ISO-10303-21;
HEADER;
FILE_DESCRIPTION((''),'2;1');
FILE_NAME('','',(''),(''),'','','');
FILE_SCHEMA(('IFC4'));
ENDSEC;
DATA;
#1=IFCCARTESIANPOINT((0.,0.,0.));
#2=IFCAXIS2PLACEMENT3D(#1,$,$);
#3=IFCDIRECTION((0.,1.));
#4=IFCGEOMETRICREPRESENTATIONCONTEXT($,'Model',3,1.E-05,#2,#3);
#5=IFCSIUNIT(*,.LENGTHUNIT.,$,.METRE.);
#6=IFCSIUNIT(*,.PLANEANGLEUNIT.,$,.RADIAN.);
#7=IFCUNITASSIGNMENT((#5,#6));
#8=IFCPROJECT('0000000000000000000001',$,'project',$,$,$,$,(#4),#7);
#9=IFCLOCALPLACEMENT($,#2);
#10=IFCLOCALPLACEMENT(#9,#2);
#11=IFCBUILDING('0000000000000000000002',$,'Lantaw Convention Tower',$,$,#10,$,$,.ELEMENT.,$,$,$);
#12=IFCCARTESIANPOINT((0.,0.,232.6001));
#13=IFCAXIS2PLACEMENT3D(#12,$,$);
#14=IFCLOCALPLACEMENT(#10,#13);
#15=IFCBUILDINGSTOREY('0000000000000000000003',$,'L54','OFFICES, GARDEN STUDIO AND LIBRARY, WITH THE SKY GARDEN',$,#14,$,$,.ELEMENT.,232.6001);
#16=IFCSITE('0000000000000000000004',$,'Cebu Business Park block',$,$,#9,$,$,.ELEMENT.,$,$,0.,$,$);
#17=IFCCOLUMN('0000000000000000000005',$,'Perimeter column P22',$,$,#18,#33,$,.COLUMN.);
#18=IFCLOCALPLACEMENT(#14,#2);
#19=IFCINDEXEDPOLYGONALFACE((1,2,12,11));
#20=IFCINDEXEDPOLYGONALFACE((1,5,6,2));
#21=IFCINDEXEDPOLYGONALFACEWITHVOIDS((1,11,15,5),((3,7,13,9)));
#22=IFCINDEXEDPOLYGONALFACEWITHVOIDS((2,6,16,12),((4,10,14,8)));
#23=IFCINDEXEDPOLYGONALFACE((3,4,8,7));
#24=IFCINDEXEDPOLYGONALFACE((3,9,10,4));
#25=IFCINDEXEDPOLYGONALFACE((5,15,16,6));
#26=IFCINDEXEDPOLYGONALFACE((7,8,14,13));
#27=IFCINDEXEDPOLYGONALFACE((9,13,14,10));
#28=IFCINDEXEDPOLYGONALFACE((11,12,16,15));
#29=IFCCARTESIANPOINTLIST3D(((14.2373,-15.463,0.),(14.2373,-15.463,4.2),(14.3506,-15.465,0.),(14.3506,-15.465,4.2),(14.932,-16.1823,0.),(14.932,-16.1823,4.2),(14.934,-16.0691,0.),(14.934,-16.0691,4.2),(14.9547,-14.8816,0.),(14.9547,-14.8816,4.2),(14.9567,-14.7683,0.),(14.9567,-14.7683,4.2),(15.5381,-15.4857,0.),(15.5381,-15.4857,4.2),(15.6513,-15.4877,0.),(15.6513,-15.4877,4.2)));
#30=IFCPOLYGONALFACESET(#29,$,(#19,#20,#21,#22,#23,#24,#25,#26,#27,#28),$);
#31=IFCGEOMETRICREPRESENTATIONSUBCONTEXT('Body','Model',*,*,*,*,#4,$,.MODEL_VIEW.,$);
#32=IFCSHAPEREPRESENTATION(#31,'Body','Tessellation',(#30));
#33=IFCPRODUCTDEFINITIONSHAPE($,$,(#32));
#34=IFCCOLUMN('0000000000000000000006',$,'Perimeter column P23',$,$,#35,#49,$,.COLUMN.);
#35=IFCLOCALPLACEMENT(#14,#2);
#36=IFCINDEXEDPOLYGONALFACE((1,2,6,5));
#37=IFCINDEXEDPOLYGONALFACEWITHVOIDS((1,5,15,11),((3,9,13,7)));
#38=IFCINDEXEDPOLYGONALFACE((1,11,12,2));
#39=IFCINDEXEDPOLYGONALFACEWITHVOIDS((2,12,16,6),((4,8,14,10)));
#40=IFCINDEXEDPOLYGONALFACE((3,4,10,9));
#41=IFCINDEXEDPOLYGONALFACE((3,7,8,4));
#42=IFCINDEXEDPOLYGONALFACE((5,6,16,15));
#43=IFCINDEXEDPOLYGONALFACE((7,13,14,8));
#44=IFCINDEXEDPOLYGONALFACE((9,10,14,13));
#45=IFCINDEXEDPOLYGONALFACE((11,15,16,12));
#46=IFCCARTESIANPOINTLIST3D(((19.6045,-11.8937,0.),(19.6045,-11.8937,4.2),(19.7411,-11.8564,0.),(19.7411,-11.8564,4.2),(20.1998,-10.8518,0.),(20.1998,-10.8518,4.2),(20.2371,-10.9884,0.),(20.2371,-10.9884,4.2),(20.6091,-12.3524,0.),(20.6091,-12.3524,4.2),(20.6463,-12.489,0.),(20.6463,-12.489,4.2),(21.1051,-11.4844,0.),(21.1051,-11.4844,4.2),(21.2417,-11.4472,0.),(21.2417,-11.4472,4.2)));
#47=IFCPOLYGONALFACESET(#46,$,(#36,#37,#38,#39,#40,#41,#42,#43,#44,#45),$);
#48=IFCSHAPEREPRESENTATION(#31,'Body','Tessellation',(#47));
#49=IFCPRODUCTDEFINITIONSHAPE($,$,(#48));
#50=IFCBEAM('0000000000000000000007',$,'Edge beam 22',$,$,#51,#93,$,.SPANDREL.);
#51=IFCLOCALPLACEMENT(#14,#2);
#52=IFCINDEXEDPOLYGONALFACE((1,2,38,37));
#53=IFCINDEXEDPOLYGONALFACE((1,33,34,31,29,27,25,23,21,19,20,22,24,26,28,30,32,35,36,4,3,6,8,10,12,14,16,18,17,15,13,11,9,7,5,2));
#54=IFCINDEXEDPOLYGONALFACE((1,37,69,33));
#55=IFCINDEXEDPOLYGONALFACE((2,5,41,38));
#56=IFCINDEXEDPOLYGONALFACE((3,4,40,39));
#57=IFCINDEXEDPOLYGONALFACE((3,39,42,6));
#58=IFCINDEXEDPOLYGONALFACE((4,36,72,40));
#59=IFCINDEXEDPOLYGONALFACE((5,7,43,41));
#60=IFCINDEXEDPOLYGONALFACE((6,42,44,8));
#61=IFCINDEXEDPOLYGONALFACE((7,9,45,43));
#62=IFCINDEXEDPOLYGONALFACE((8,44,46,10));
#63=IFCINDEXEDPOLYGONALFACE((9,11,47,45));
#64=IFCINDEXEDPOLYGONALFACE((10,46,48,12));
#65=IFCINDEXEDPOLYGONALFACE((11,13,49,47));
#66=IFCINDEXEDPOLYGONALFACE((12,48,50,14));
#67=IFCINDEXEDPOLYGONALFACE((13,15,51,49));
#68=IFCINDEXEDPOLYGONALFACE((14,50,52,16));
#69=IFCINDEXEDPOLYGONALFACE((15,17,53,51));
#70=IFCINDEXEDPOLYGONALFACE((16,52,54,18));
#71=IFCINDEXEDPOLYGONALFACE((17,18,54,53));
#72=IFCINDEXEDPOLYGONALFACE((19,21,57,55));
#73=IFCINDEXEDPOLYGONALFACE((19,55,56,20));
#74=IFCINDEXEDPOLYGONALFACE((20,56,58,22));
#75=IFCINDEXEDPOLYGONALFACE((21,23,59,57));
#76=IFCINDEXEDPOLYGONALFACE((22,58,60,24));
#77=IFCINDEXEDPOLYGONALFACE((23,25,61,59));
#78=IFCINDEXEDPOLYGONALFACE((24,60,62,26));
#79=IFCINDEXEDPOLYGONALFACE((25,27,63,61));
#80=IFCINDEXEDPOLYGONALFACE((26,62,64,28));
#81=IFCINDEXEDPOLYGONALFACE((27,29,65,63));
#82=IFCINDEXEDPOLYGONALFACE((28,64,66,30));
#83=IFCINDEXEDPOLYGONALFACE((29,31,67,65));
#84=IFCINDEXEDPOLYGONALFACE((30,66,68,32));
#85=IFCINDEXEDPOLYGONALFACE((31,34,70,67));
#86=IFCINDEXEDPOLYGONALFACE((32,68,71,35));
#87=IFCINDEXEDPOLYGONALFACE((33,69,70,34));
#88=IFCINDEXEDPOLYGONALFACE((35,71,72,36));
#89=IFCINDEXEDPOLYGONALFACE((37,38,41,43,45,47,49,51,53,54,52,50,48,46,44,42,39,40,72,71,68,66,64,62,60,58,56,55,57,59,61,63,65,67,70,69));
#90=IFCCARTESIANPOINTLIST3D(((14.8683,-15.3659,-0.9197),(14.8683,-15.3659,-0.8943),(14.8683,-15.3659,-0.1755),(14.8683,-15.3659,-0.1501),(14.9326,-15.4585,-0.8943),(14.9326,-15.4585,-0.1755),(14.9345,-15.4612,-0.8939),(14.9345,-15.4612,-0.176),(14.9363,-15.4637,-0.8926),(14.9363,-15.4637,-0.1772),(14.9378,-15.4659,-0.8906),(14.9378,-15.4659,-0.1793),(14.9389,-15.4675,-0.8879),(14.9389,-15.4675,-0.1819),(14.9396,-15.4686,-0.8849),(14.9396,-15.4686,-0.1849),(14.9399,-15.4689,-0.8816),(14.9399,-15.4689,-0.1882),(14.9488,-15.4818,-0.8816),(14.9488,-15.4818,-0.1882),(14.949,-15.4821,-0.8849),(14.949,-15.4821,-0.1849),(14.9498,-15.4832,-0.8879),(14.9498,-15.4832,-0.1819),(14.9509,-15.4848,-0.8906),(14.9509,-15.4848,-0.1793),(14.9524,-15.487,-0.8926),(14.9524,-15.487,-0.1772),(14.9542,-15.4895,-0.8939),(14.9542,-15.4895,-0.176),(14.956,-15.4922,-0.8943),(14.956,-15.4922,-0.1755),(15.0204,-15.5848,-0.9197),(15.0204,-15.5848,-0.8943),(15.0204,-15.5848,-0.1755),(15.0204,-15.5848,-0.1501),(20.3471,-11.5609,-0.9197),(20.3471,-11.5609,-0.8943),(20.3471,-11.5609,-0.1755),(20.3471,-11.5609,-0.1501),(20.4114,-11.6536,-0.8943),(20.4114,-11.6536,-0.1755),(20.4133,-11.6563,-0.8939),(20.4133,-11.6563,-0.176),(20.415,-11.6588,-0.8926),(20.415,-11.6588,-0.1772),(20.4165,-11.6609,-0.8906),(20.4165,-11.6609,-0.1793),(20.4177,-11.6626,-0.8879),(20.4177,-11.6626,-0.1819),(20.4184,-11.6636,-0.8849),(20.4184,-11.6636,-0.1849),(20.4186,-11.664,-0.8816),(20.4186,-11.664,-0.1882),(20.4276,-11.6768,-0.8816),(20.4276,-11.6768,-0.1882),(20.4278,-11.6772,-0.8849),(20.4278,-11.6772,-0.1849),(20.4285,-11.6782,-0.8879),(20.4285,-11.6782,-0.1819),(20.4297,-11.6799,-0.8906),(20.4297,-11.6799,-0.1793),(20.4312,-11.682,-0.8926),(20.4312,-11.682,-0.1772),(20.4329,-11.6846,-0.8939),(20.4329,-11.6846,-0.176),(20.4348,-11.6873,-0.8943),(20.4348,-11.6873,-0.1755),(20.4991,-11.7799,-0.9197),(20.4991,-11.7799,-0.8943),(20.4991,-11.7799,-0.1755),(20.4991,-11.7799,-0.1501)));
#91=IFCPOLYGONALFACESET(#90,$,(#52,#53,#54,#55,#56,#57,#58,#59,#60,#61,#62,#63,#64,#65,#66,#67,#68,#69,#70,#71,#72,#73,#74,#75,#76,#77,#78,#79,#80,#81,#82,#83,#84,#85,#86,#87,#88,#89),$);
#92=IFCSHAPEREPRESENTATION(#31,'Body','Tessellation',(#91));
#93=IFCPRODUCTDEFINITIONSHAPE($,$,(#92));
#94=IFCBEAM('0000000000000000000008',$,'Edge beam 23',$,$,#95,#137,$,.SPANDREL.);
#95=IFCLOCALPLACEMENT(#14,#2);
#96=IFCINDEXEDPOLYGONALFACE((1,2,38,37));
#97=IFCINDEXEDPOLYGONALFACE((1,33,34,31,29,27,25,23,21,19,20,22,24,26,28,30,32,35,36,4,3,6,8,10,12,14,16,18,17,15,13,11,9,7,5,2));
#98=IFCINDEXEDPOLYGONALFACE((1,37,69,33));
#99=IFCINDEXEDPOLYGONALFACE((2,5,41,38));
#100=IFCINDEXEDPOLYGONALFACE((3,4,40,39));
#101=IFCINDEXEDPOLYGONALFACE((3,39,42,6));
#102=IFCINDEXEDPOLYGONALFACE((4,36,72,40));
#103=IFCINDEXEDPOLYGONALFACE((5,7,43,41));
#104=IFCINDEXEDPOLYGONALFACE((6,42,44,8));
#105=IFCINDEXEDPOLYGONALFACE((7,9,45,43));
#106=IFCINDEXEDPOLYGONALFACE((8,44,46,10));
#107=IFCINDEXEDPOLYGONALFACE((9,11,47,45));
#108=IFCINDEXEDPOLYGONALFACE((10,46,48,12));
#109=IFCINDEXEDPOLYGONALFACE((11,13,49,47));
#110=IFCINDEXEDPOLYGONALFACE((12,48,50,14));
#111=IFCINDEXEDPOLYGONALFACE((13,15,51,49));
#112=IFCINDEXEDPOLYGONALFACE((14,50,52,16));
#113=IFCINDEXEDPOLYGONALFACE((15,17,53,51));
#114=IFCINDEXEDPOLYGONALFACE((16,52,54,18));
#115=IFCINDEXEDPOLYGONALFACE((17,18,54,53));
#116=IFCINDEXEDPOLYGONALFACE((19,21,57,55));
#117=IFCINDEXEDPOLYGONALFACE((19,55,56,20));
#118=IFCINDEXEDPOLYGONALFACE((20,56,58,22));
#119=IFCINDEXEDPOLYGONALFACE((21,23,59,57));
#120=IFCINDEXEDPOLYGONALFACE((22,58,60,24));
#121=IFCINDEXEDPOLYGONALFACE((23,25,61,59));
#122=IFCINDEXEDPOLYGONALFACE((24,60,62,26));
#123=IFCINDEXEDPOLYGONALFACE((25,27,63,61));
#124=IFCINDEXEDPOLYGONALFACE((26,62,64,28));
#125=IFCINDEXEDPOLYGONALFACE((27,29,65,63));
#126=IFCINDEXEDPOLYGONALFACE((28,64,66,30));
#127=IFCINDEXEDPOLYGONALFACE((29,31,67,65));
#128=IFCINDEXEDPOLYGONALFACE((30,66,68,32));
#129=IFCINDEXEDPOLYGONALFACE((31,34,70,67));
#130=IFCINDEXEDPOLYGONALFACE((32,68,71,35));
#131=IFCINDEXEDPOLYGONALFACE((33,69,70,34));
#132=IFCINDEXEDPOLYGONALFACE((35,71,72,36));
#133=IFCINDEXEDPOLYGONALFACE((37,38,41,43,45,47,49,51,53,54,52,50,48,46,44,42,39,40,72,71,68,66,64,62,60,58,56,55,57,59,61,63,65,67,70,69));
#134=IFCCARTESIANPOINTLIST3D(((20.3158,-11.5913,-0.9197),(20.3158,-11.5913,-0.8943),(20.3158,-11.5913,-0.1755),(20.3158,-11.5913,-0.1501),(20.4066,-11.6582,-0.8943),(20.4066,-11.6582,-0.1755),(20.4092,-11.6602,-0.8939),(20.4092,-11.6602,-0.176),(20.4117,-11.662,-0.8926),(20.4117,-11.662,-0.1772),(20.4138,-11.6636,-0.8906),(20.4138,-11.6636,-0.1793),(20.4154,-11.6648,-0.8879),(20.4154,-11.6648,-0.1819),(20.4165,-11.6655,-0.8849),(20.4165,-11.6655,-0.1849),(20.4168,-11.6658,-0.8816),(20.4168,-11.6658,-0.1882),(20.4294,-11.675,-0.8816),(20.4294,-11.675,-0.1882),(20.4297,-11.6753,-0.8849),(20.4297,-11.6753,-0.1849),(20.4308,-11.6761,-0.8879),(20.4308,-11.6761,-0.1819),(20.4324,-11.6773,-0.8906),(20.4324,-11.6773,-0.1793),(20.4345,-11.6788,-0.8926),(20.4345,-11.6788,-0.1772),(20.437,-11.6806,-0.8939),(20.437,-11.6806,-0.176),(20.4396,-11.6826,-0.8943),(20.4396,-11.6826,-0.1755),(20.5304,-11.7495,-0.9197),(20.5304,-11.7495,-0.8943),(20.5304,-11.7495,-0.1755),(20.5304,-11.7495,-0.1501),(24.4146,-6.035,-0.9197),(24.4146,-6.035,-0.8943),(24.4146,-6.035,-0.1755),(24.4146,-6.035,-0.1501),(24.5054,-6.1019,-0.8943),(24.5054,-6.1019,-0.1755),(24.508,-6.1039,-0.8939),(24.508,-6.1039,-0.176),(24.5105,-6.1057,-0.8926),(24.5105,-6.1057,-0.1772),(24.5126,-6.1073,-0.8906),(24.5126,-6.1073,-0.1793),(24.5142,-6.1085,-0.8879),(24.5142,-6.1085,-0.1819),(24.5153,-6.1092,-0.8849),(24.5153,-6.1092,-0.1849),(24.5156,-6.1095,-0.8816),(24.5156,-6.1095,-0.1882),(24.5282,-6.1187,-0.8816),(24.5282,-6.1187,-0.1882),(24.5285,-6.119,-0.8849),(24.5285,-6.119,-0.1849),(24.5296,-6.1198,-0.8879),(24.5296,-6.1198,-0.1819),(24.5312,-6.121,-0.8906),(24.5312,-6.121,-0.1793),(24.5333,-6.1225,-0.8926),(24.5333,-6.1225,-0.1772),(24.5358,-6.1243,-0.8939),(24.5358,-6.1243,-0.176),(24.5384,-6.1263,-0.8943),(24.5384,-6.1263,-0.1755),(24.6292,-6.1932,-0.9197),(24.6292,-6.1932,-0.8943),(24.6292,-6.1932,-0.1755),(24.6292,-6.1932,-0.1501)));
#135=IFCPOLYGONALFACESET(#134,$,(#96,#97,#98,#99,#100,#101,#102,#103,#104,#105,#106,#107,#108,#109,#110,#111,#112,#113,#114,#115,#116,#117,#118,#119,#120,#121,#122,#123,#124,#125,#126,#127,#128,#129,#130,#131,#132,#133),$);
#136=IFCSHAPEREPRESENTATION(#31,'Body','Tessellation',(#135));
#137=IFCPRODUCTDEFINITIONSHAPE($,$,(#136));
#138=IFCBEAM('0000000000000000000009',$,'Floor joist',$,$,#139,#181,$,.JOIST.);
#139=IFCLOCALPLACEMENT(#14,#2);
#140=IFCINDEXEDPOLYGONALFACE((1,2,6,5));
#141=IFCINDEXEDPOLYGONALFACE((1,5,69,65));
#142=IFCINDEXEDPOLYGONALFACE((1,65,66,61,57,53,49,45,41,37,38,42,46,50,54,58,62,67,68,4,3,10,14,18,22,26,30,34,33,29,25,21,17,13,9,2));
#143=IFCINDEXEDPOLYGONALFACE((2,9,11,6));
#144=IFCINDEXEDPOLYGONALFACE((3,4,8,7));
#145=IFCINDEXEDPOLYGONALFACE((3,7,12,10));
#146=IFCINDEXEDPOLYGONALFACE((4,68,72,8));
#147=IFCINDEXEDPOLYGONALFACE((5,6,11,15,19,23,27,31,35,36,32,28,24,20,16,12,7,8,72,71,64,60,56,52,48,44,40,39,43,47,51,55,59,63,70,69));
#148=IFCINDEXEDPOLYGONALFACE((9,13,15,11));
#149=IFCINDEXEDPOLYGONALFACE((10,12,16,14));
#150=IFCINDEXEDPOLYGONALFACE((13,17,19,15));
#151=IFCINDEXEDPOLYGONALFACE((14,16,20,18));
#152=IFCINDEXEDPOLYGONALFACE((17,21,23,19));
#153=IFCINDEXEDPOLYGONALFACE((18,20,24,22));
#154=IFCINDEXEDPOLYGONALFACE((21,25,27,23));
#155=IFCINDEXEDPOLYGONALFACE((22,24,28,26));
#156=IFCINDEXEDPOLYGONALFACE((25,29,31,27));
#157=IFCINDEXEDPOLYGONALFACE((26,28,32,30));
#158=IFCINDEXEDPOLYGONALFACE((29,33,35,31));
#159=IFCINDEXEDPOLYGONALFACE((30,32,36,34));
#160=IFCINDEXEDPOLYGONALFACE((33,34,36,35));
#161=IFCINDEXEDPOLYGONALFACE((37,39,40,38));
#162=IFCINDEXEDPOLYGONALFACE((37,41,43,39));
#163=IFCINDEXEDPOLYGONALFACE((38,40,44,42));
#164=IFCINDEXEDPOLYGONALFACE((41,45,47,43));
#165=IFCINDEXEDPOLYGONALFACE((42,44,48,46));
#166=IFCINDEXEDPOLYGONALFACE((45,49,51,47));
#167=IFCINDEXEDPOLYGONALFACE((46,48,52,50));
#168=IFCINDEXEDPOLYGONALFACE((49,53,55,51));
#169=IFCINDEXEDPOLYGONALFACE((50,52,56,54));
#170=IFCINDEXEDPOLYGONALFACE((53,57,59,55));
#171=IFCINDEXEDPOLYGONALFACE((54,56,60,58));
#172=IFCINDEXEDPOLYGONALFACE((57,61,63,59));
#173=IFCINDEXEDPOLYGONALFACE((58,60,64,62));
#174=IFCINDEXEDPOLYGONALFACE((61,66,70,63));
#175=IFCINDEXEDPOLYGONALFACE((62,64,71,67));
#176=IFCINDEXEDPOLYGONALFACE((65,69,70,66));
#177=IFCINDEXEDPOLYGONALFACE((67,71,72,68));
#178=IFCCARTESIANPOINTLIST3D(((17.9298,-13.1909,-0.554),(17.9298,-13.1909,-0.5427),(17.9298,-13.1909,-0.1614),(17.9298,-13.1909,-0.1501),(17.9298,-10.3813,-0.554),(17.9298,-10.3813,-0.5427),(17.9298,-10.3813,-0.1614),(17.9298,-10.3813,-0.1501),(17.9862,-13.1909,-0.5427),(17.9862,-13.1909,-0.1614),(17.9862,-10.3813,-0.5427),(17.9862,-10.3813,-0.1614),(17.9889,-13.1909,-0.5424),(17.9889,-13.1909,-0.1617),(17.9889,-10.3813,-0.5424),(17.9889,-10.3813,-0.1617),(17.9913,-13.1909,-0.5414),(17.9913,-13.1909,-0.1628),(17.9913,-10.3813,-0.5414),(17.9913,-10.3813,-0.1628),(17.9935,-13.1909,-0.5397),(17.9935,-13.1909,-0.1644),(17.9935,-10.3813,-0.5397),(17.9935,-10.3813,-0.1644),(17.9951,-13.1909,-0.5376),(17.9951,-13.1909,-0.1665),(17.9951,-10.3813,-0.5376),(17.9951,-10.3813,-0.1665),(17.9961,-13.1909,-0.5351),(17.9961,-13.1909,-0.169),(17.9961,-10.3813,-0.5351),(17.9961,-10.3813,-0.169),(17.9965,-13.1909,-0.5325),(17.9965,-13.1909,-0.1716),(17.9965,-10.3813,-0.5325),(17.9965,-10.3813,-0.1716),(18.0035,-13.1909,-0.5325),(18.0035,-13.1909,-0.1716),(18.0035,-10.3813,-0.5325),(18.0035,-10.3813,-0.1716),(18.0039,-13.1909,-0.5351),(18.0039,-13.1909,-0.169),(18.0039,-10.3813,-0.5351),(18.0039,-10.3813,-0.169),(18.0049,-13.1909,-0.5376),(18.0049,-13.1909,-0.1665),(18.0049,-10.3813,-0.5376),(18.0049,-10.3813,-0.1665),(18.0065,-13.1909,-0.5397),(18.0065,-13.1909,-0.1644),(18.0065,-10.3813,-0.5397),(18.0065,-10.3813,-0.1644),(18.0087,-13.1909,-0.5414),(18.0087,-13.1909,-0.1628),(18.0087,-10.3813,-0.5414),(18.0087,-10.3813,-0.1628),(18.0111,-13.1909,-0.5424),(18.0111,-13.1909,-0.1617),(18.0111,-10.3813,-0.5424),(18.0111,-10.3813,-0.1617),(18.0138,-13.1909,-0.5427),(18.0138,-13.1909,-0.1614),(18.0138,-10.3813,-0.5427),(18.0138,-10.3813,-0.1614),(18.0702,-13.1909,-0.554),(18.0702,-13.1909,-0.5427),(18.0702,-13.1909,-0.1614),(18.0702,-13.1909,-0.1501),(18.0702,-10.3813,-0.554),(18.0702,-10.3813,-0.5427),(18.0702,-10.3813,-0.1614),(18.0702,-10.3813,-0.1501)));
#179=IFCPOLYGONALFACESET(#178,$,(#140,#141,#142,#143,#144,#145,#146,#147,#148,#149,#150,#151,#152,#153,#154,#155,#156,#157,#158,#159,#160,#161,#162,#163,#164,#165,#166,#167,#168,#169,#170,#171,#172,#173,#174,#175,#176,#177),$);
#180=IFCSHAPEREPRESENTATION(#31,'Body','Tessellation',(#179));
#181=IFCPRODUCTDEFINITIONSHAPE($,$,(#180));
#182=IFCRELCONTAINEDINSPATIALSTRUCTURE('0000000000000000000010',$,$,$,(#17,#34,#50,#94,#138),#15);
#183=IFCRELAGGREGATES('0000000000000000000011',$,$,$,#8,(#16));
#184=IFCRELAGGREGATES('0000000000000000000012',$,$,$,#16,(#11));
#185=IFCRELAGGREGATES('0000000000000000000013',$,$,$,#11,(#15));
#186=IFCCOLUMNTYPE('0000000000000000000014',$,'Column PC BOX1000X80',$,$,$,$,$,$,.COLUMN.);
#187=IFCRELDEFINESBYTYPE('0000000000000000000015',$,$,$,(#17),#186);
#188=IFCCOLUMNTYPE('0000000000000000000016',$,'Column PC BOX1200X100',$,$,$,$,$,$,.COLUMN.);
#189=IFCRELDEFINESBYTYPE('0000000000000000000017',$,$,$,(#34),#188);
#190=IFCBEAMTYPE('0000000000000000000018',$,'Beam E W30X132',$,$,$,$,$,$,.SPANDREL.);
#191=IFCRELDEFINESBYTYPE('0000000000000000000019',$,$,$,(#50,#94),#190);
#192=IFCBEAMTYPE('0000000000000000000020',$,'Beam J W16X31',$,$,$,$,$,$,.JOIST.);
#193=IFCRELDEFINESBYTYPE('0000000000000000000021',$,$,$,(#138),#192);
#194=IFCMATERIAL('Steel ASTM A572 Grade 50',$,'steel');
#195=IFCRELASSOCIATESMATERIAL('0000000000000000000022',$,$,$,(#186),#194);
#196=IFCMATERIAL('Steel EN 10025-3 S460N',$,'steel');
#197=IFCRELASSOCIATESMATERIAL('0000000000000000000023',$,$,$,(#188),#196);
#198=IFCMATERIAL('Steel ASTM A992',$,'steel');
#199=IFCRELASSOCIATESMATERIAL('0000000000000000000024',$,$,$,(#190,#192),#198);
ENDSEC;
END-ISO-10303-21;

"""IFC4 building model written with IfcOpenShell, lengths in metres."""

from ifc_helpers import new_model, si_unit, direction, frame, origin, origin_2d, place, context, subcontext, project, spatial, rectangle, hollow_rectangle, i_section, extrude, material, material_profile, profile_set, type_object, element, save


model = new_model("IFC4")

# Units and contexts
model_context = context("Model", 3, precision=1e-05, world=origin(), true_north=direction((0.0, 1.0)))
body_context = subcontext(model_context, "Body", "Model", "MODEL_VIEW")
ifc_project = project(units=[si_unit("LENGTHUNIT", "METRE"), si_unit("PLANEANGLEUNIT", "RADIAN")], contexts=[model_context])

# Site, building, storey
site_placement = place(None, origin())
site = spatial("IfcSite", under=ifc_project, at=site_placement, Name="Cebu Business Park block", CompositionType="ELEMENT", RefElevation=0.0)
building_placement = place(site_placement, origin())
building = spatial("IfcBuilding", under=site, at=building_placement, Name="Lantaw Convention Tower", CompositionType="ELEMENT")
storey_placement = place(building_placement, frame((0.0, 0.0, 232.6001)))
storey = spatial("IfcBuildingStorey", under=building, at=storey_placement, Name="L54", Description="OFFICES, GARDEN STUDIO AND LIBRARY, WITH THE SKY GARDEN", CompositionType="ELEMENT", Elevation=232.6001)

# Columns
ifc_material_1 = material(Name="Steel ASTM A572 Grade 50", Category="steel")
ifc_material_profile_1 = material_profile(ifc_material_1, hollow_rectangle(XDim=1.0, YDim=1.0, WallThickness=0.0801, at=origin_2d()), Name="BOX1000X80")
ifc_material_2 = material(Name="Concrete C60/75", Category="concrete")
ifc_material_profile_2 = material_profile(ifc_material_2, rectangle(XDim=0.8401, YDim=0.8401, at=origin_2d()), Name="Concrete fill of BOX1000X80")
ifc_profile_set_1 = profile_set([ifc_material_profile_1, ifc_material_profile_2], Name="Steel ASTM A572 Grade 50")
column_type_1 = type_object("IfcColumnType", Name="Column PC BOX1000X80", PredefinedType="COLUMN", material=ifc_profile_set_1)
column_1_placement = place(storey_placement, frame((14.9443, -15.4753, 0.0), z_axis=(0.0, 0.0, 1.0), x_axis=(0.71934, 0.694658, 0.0)))
element("IfcColumn", 1, at=column_1_placement, inside=storey, type_object=column_type_1, Name="Perimeter column P22", PredefinedType="COLUMN", context=body_context, shape_type="SweptSolid", body=[
    extrude(hollow_rectangle(XDim=1.0, YDim=1.0, WallThickness=0.0801, at=origin_2d()), origin(), (0.0, 0.0, 1.0), 4.2),
])
ifc_material_3 = material(Name="Steel EN 10025-3 S460N", Category="steel")
ifc_material_profile_3 = material_profile(ifc_material_3, hollow_rectangle(XDim=1.2, YDim=1.2, WallThickness=0.1001, at=origin_2d()), Name="BOX1200X100")
ifc_material_profile_4 = material_profile(ifc_material_2, rectangle(XDim=1.0, YDim=1.0, at=origin_2d()), Name="Concrete fill of BOX1200X100")
ifc_profile_set_2 = profile_set([ifc_material_profile_3, ifc_material_profile_4], Name="Steel EN 10025-3 S460N")
column_type_2 = type_object("IfcColumnType", Name="Column PC BOX1200X100", PredefinedType="COLUMN", material=ifc_profile_set_2)
column_2_placement = place(storey_placement, frame((20.4231, -11.6704, 0.0), z_axis=(0.0, 0.0, 1.0), x_axis=(0.496139, 0.868243, 0.0)))
element("IfcColumn", 2, at=column_2_placement, inside=storey, type_object=column_type_2, Name="Perimeter column P23", PredefinedType="COLUMN", context=body_context, shape_type="SweptSolid", body=[
    extrude(hollow_rectangle(XDim=1.2, YDim=1.2, WallThickness=0.1001, at=origin_2d()), origin(), (0.0, 0.0, 1.0), 4.2),
])

# Beams
ifc_material_4 = material(Name="Steel ASTM A992", Category="steel")
ifc_material_profile_5 = material_profile(ifc_material_4, i_section(OverallWidth=0.2666, OverallDepth=0.7695, WebThickness=0.0156, FlangeThickness=0.0254, FilletRadius=0.0127, at=origin_2d()), Name="W30X132")
ifc_profile_set_3 = profile_set([ifc_material_profile_5], Name="Steel ASTM A992")
beam_type_1 = type_object("IfcBeamType", Name="Beam E W30X132", PredefinedType="SPANDREL", material=ifc_profile_set_3)
beam_1_placement = place(storey_placement, frame((14.9443, -15.4753, -0.5349), z_axis=(0.821353, 0.57042, 0.0), x_axis=(-0.57042, 0.821353, 0.0)))
element("IfcBeam", 3, at=beam_1_placement, inside=storey, type_object=beam_type_1, Name="Edge beam 22", PredefinedType="SPANDREL", context=body_context, shape_type="SweptSolid", body=[
    extrude(i_section(OverallWidth=0.2666, OverallDepth=0.7695, WebThickness=0.0156, FlangeThickness=0.0254, FilletRadius=0.0127, at=origin_2d()), origin(), (0.0, 0.0, 1.0), 6.6704),
])
beam_2_placement = place(storey_placement, frame((20.4231, -11.6704, -0.5349), z_axis=(0.593639, 0.804731, 0.0), x_axis=(-0.804731, 0.593639, 0.0)))
element("IfcBeam", 4, at=beam_2_placement, inside=storey, type_object=beam_type_1, Name="Edge beam 23", PredefinedType="SPANDREL", context=body_context, shape_type="SweptSolid", body=[
    extrude(i_section(OverallWidth=0.2666, OverallDepth=0.7695, WebThickness=0.0156, FlangeThickness=0.0254, FilletRadius=0.0127, at=origin_2d()), origin(), (0.0, 0.0, 1.0), 6.9045),
])
ifc_material_profile_6 = material_profile(ifc_material_4, i_section(OverallWidth=0.1404, OverallDepth=0.4038, WebThickness=0.0071, FlangeThickness=0.0112, FilletRadius=0.0103, at=origin_2d()), Name="W16X31")
ifc_profile_set_4 = profile_set([ifc_material_profile_6], Name="Steel ASTM A992")
beam_type_2 = type_object("IfcBeamType", Name="Beam J W16X31", PredefinedType="JOIST", material=ifc_profile_set_4)
beam_3_placement = place(storey_placement, frame((18.0, -13.1909, -0.3521), z_axis=(0.0, 1.0, 0.0), x_axis=(-1.0, 0.0, 0.0)))
element("IfcBeam", 5, at=beam_3_placement, inside=storey, type_object=beam_type_2, Name="Floor joist", PredefinedType="JOIST", context=body_context, shape_type="SweptSolid", body=[
    extrude(i_section(OverallWidth=0.1404, OverallDepth=0.4038, WebThickness=0.0071, FlangeThickness=0.0112, FilletRadius=0.0103, at=origin_2d()), origin(), (0.0, 0.0, 1.0), 2.8096),
])

save(model, "model.ifc")
